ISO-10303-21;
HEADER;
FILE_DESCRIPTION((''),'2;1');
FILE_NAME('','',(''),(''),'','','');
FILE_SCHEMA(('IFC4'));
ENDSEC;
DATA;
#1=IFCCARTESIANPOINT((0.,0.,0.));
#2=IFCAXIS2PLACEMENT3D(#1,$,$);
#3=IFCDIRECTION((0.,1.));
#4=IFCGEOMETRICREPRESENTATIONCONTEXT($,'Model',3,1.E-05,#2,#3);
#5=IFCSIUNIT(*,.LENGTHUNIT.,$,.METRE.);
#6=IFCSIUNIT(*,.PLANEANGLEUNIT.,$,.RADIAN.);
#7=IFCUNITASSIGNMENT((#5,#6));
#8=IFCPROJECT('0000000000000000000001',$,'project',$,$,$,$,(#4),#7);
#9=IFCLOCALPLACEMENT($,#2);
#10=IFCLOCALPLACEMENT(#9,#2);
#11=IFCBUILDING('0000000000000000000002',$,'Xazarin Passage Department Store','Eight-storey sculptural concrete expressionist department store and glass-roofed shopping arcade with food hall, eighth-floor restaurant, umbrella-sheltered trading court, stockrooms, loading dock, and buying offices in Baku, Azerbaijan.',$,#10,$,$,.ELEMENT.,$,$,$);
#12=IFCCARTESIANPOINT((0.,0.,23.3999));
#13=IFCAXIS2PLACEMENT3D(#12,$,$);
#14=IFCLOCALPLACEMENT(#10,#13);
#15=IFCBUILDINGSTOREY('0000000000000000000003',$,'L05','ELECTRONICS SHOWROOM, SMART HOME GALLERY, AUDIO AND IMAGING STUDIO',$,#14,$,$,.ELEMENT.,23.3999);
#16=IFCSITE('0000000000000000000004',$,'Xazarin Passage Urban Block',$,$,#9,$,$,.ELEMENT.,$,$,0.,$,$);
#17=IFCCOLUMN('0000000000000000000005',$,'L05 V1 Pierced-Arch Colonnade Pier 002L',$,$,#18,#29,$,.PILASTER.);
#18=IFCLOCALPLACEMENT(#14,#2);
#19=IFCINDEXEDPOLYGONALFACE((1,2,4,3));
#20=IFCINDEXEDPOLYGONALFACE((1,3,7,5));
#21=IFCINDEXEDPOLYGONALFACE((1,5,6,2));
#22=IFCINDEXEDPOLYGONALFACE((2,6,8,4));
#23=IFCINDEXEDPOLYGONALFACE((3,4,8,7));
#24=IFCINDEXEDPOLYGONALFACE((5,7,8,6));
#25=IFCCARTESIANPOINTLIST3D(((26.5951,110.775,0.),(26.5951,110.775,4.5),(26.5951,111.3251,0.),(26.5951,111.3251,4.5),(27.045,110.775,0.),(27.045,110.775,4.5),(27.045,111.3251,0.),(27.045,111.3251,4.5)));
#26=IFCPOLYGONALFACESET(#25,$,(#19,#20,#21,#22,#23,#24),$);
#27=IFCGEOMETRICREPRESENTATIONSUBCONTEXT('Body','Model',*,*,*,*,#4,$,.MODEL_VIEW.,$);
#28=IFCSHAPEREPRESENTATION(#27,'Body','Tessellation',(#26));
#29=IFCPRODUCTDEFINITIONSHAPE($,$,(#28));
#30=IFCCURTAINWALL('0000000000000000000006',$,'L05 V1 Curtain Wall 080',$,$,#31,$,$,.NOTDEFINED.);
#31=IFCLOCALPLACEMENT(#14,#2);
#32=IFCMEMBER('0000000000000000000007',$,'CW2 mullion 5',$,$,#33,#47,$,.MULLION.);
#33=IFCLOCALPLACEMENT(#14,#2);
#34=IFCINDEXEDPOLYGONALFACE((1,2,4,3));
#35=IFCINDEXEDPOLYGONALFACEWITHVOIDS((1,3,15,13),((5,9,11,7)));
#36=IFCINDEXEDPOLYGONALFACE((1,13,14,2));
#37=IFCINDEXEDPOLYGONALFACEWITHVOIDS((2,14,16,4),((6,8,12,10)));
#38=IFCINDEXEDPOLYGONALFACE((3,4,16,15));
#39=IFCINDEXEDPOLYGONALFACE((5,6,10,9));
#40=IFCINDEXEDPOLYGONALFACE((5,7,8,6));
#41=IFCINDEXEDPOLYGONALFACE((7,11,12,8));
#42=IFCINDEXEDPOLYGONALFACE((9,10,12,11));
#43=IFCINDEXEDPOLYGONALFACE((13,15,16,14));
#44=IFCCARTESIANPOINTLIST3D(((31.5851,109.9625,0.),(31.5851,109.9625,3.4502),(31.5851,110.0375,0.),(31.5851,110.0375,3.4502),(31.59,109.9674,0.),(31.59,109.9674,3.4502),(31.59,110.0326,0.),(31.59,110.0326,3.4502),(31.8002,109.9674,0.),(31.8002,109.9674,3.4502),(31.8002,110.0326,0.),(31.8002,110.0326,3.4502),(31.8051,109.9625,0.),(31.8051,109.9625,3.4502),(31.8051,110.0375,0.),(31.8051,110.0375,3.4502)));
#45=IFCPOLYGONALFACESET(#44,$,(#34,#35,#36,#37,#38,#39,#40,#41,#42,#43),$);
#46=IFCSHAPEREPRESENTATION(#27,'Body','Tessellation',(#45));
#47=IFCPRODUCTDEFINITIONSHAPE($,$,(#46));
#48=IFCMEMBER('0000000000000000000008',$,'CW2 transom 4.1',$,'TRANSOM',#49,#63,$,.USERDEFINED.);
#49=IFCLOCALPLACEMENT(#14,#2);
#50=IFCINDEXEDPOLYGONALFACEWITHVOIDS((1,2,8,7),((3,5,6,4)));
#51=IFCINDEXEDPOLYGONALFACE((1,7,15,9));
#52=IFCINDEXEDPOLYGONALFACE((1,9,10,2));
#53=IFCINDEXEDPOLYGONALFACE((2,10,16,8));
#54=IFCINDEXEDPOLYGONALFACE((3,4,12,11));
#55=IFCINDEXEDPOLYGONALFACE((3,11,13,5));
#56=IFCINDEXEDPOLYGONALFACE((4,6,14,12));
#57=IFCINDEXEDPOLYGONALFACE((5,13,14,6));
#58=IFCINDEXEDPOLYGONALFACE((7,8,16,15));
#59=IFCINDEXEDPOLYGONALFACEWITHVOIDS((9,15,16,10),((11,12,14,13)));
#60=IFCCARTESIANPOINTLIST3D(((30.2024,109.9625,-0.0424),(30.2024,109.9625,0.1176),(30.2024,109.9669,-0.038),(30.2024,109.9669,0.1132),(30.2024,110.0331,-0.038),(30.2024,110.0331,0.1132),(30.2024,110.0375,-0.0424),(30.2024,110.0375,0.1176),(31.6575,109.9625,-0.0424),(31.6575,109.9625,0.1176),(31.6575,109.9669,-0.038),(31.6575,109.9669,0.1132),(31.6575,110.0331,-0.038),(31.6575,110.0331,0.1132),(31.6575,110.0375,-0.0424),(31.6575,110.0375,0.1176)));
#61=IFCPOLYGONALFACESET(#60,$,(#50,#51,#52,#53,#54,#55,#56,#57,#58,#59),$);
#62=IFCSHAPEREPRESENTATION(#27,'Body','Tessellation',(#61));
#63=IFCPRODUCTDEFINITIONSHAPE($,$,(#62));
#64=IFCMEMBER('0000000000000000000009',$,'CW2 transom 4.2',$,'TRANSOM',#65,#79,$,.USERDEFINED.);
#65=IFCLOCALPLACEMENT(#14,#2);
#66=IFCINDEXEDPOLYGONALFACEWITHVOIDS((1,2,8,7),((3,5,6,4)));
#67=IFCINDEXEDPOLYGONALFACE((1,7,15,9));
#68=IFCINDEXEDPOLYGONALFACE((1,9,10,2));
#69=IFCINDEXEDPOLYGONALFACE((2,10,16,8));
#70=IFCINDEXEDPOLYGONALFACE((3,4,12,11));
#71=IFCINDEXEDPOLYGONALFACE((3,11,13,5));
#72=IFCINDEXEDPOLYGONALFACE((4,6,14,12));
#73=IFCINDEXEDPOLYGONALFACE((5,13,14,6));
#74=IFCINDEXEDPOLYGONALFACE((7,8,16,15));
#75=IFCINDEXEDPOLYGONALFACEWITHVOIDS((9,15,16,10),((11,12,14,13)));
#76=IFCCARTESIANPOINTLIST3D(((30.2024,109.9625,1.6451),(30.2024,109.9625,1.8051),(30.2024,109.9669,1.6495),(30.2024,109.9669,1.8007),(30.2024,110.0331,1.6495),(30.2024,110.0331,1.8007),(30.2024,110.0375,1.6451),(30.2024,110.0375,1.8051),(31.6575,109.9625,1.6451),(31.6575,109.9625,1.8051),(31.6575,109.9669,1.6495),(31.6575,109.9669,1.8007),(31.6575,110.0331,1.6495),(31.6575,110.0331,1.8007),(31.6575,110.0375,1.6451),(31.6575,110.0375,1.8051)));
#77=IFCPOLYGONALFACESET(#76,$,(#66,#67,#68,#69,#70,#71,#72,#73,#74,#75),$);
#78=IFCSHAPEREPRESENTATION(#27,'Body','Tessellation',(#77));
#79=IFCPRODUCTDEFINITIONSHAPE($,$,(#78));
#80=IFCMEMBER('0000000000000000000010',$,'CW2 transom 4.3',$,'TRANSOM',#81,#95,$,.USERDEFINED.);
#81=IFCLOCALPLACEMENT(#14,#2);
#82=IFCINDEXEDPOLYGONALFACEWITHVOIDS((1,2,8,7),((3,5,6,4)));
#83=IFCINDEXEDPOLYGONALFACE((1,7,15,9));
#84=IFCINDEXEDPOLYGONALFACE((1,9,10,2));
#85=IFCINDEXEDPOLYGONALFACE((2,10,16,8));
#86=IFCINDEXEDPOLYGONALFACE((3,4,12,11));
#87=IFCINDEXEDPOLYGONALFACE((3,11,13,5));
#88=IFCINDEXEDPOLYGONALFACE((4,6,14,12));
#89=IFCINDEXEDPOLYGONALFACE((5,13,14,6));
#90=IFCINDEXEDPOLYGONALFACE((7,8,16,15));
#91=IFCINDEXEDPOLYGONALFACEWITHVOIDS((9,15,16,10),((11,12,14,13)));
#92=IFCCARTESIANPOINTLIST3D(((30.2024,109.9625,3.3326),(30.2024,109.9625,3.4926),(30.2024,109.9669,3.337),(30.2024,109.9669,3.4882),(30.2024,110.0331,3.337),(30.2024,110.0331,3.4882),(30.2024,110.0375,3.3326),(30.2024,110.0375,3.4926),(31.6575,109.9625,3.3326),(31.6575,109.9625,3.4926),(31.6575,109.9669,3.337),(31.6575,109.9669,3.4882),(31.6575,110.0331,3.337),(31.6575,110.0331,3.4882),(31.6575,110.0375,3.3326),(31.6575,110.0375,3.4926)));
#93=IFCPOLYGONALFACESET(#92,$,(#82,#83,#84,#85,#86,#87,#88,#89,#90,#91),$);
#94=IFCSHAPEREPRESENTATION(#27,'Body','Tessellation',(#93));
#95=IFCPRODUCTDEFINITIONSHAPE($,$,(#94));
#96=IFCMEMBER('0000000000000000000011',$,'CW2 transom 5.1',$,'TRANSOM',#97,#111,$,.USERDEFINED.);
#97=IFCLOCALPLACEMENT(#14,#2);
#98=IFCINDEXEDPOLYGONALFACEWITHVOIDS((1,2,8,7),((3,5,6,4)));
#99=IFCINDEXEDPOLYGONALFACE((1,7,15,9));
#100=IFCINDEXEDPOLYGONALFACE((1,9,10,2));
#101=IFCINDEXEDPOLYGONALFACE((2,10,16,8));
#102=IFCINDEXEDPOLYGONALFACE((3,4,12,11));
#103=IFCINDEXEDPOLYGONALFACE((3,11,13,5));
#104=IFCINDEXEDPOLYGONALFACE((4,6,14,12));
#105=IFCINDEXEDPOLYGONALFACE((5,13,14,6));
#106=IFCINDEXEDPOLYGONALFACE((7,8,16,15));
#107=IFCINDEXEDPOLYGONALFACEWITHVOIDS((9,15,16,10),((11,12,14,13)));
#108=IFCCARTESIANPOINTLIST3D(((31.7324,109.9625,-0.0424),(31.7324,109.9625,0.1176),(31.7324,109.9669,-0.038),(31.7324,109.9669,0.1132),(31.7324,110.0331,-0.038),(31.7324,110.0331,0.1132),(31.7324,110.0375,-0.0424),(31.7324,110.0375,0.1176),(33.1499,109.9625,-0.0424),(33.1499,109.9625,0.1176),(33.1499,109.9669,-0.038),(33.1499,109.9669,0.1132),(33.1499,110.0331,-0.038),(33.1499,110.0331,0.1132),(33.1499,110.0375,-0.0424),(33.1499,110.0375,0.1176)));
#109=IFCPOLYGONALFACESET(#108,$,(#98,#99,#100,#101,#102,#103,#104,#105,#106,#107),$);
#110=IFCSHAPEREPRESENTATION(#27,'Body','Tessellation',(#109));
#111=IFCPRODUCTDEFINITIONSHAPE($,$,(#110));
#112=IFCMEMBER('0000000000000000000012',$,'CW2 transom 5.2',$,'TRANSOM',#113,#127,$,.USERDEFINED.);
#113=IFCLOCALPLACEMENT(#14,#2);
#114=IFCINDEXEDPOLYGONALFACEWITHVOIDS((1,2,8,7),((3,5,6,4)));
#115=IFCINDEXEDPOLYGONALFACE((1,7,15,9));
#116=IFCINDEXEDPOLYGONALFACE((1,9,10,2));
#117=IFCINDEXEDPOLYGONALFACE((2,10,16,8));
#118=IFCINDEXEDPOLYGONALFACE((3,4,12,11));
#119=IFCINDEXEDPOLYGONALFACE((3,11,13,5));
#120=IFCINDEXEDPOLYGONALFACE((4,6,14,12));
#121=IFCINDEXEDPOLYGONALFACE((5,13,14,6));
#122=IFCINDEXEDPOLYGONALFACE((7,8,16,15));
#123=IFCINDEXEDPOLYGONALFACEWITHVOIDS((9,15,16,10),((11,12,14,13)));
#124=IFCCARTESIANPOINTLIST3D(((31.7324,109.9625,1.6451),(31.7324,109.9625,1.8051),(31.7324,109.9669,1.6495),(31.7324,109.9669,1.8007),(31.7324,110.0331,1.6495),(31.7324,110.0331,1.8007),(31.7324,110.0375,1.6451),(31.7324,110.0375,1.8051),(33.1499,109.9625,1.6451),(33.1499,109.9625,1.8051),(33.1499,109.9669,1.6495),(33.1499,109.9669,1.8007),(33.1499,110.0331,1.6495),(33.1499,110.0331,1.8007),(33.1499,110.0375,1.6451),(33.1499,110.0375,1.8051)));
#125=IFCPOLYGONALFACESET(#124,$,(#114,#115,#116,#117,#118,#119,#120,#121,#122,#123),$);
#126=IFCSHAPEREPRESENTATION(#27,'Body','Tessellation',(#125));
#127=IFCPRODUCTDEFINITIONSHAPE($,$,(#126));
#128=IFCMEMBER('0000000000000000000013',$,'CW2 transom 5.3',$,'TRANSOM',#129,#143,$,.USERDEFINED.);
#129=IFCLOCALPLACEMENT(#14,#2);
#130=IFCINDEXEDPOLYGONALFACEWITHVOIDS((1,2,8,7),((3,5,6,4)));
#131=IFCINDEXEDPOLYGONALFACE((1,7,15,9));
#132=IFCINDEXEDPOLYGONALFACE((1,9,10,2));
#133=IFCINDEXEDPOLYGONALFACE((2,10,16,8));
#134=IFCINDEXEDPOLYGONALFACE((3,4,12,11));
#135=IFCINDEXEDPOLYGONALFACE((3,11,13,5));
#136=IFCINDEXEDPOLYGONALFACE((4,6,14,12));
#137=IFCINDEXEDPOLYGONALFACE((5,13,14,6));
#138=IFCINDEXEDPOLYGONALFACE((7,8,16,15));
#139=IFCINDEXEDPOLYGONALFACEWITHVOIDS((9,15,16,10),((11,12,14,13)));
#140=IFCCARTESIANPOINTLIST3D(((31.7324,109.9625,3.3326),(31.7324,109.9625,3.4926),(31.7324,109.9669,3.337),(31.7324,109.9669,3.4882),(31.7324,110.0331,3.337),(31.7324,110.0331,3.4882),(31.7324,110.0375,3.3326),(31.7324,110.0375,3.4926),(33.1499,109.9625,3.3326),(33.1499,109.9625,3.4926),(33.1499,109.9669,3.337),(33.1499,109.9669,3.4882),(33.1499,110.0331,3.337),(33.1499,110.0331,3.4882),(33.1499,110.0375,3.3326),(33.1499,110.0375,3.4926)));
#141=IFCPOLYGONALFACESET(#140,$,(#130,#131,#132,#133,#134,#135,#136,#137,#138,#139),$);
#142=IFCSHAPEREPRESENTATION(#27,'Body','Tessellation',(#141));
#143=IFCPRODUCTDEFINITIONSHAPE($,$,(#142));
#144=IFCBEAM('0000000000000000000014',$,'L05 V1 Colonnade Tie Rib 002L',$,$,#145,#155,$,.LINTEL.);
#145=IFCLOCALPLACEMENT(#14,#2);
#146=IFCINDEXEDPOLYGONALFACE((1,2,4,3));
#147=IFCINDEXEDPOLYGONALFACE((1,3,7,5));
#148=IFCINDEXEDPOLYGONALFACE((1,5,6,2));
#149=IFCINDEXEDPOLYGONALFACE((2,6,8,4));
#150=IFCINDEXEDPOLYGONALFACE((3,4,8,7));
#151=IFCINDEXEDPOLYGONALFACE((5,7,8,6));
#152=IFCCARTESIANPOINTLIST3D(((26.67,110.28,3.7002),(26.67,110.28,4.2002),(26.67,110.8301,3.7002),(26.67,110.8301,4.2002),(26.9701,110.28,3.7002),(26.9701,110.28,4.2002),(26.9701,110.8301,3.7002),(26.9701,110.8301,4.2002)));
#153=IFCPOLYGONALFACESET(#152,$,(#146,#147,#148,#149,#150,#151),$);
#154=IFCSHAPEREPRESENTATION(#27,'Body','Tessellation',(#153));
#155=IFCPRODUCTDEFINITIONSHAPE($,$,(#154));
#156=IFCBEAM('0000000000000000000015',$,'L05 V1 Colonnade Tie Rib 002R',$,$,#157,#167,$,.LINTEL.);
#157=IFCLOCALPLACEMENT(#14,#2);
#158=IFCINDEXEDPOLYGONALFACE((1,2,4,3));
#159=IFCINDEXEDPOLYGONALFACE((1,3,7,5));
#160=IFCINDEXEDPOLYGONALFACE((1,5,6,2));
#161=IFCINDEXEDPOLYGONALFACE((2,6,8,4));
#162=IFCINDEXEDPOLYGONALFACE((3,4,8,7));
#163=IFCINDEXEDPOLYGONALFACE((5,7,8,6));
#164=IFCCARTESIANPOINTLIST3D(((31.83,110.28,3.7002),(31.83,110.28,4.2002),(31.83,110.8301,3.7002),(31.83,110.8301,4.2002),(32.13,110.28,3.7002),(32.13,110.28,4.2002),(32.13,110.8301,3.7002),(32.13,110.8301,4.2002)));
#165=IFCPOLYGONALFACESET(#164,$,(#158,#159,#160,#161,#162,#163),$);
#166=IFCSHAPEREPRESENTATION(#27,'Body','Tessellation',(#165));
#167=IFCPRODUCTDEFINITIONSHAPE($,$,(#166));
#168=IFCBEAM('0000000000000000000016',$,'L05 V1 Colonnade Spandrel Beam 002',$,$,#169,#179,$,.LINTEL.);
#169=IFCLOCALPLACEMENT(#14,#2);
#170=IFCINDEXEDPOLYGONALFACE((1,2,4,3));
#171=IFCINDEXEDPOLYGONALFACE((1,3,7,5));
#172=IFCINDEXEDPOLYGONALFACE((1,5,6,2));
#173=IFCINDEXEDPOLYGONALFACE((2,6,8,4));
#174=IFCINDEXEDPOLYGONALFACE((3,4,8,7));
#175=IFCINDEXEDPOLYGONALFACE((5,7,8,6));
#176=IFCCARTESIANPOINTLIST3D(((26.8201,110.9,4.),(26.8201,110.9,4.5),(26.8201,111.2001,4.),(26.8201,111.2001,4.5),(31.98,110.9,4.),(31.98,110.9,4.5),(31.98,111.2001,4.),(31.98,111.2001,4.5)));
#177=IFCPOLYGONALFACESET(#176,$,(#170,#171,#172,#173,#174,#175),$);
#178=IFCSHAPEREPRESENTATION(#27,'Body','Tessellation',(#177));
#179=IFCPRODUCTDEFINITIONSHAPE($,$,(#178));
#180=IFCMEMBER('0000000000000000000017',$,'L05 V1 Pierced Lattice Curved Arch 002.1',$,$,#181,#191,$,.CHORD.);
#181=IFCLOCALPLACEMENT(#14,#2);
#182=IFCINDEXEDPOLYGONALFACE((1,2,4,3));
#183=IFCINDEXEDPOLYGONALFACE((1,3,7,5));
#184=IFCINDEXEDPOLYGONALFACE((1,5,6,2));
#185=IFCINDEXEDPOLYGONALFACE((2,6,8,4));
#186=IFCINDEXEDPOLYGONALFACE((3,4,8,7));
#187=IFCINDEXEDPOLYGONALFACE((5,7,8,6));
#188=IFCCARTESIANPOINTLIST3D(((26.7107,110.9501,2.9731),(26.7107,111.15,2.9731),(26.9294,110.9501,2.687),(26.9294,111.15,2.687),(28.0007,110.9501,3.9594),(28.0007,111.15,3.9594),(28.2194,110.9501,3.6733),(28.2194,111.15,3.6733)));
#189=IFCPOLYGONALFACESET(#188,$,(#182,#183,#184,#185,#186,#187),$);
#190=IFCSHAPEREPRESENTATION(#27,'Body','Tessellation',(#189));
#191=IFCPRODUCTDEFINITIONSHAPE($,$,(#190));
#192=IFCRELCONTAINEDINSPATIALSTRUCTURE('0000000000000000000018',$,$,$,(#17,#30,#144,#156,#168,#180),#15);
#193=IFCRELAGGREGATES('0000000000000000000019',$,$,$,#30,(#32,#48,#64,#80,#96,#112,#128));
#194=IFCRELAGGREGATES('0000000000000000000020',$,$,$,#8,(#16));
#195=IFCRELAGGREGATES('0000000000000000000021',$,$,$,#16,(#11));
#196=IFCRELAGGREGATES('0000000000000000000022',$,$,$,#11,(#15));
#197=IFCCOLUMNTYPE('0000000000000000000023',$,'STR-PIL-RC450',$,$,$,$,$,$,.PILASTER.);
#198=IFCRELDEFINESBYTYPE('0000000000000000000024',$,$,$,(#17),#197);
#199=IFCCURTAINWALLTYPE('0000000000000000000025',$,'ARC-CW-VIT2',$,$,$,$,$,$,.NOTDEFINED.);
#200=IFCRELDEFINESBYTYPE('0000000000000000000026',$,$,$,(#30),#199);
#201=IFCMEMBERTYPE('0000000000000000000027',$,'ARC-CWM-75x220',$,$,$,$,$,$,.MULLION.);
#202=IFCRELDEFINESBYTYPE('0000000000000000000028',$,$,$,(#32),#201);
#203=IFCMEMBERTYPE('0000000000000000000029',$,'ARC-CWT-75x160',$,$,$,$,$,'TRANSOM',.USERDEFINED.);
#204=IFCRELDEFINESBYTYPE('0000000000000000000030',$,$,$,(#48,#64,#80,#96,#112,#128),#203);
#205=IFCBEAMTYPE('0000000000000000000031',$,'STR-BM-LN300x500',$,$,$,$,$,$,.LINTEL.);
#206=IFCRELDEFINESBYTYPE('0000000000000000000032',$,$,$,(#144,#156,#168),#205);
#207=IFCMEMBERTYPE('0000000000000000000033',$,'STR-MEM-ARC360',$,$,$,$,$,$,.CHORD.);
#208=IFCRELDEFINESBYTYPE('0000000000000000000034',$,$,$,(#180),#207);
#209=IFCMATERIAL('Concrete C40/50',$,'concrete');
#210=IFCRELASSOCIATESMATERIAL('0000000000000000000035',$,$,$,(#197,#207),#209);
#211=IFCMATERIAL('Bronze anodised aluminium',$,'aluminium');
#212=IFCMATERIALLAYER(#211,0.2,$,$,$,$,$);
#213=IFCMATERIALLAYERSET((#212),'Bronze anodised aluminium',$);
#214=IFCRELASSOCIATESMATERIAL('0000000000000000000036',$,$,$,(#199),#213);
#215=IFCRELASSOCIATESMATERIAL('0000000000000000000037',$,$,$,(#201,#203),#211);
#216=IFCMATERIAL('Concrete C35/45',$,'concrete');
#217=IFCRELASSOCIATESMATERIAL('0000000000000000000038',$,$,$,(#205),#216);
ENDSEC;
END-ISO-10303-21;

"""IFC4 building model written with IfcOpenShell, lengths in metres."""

from ifc_helpers import new_model, si_unit, direction, frame, origin, origin_2d, place, context, subcontext, project, spatial, rectangle, hollow_rectangle, extrude, material, layer, layer_set, material_profile, profile_set, type_object, element, aggregate, save


model = new_model("IFC4")

# Units and contexts
model_context = context("Model", 3, precision=1e-05, world=origin(), true_north=direction((0.0, 1.0)))
body_context = subcontext(model_context, "Body", "Model", "MODEL_VIEW")
ifc_project = project(units=[si_unit("LENGTHUNIT", "METRE"), si_unit("PLANEANGLEUNIT", "RADIAN")], contexts=[model_context])

# Site, building, storey
site_placement = place(None, origin())
site = spatial("IfcSite", under=ifc_project, at=site_placement, Name="Xazarin Passage Urban Block", CompositionType="ELEMENT", RefElevation=0.0)
building_placement = place(site_placement, origin())
building = spatial("IfcBuilding", under=site, at=building_placement, Name="Xazarin Passage Department Store", Description="Eight-storey sculptural concrete expressionist department store and glass-roofed shopping arcade with food hall, eighth-floor restaurant, umbrella-sheltered trading court, stockrooms, loading dock, and buying offices in Baku, Azerbaijan.", CompositionType="ELEMENT")
storey_placement = place(building_placement, frame((0.0, 0.0, 23.3999)))
storey = spatial("IfcBuildingStorey", under=building, at=storey_placement, Name="L05", Description="ELECTRONICS SHOWROOM, SMART HOME GALLERY, AUDIO AND IMAGING STUDIO", CompositionType="ELEMENT", Elevation=23.3999)

# Column
ifc_material_1 = material(Name="Concrete C40/50", Category="concrete")
ifc_material_profile_1 = material_profile(ifc_material_1, rectangle(XDim=0.45, YDim=0.55, at=origin_2d()), Name="RC 450x550")
ifc_profile_set_1 = profile_set([ifc_material_profile_1], Name="Concrete C40/50")
column_type = type_object("IfcColumnType", Name="STR-PIL-RC450", PredefinedType="PILASTER", material=ifc_profile_set_1)
column_placement = place(storey_placement, frame((26.8201, 111.05, 0.0), z_axis=(0.0, 0.0, 1.0), x_axis=(1.0, 0.0, 0.0)))
element("IfcColumn", 1, at=column_placement, inside=storey, type_object=column_type, Name="L05 V1 Pierced-Arch Colonnade Pier 002L", PredefinedType="PILASTER", context=body_context, shape_type="SweptSolid", body=[
    extrude(rectangle(XDim=0.45, YDim=0.55, at=origin_2d()), origin(), (0.0, 0.0, 1.0), 4.5),
])

# Curtain wall, members
ifc_material_2 = material(Name="Bronze anodised aluminium", Category="aluminium")
ifc_layer_1 = layer(ifc_material_2, 0.2)
ifc_layer_set_1 = layer_set([ifc_layer_1], Name="Bronze anodised aluminium")
curtain_wall_type = type_object("IfcCurtainWallType", Name="ARC-CW-VIT2", PredefinedType="NOTDEFINED", material=ifc_layer_set_1)
curtain_wall_placement = place(storey_placement, origin())
curtain_wall = element("IfcCurtainWall", 2, at=curtain_wall_placement, inside=storey, type_object=curtain_wall_type, Name="L05 V1 Curtain Wall 080", PredefinedType="NOTDEFINED")
ifc_material_profile_2 = material_profile(ifc_material_2, hollow_rectangle(XDim=0.075, YDim=0.22, WallThickness=0.0049, at=origin_2d()), Name="ALU 75x220")
ifc_profile_set_2 = profile_set([ifc_material_profile_2], Name="Bronze anodised aluminium")
member_type_1 = type_object("IfcMemberType", Name="ARC-CWM-75x220", PredefinedType="MULLION", material=ifc_profile_set_2)
member_1_placement = place(storey_placement, frame((31.6951, 110.0, 0.0), z_axis=(0.0, 0.0, 1.0), x_axis=(0.0, 1.0, 0.0)))
member_1 = element("IfcMember", 3, at=member_1_placement, type_object=member_type_1, Name="CW2 mullion 5", PredefinedType="MULLION", context=body_context, shape_type="SweptSolid", body=[
    extrude(hollow_rectangle(XDim=0.075, YDim=0.22, WallThickness=0.0049, at=origin_2d()), origin(), (0.0, 0.0, 1.0), 3.4502),
])
ifc_material_profile_3 = material_profile(ifc_material_2, hollow_rectangle(XDim=0.075, YDim=0.1599, WallThickness=0.0044, at=origin_2d()), Name="ALU 75x160")
ifc_profile_set_3 = profile_set([ifc_material_profile_3], Name="Bronze anodised aluminium")
member_type_2 = type_object("IfcMemberType", Name="ARC-CWT-75x160", ElementType="TRANSOM", PredefinedType="USERDEFINED", material=ifc_profile_set_3)
member_2_placement = place(storey_placement, frame((30.2024, 110.0, 0.0376), z_axis=(1.0, 0.0, 0.0), x_axis=(0.0, 1.0, 0.0)))
member_2 = element("IfcMember", 4, at=member_2_placement, type_object=member_type_2, Name="CW2 transom 4.1", ObjectType="TRANSOM", PredefinedType="USERDEFINED", context=body_context, shape_type="SweptSolid", body=[
    extrude(hollow_rectangle(XDim=0.075, YDim=0.1599, WallThickness=0.0044, at=origin_2d()), origin(), (0.0, 0.0, 1.0), 1.4551),
])
member_3_placement = place(storey_placement, frame((30.2024, 110.0, 1.7251), z_axis=(1.0, 0.0, 0.0), x_axis=(0.0, 1.0, 0.0)))
member_3 = element("IfcMember", 5, at=member_3_placement, type_object=member_type_2, Name="CW2 transom 4.2", ObjectType="TRANSOM", PredefinedType="USERDEFINED", context=body_context, shape_type="SweptSolid", body=[
    extrude(hollow_rectangle(XDim=0.075, YDim=0.1599, WallThickness=0.0044, at=origin_2d()), origin(), (0.0, 0.0, 1.0), 1.4551),
])
member_4_placement = place(storey_placement, frame((30.2024, 110.0, 3.4126), z_axis=(1.0, 0.0, 0.0), x_axis=(0.0, 1.0, 0.0)))
member_4 = element("IfcMember", 6, at=member_4_placement, type_object=member_type_2, Name="CW2 transom 4.3", ObjectType="TRANSOM", PredefinedType="USERDEFINED", context=body_context, shape_type="SweptSolid", body=[
    extrude(hollow_rectangle(XDim=0.075, YDim=0.1599, WallThickness=0.0044, at=origin_2d()), origin(), (0.0, 0.0, 1.0), 1.4551),
])
member_5_placement = place(storey_placement, frame((31.7324, 110.0, 0.0376), z_axis=(1.0, 0.0, 0.0), x_axis=(0.0, 1.0, 0.0)))
member_5 = element("IfcMember", 7, at=member_5_placement, type_object=member_type_2, Name="CW2 transom 5.1", ObjectType="TRANSOM", PredefinedType="USERDEFINED", context=body_context, shape_type="SweptSolid", body=[
    extrude(hollow_rectangle(XDim=0.075, YDim=0.1599, WallThickness=0.0044, at=origin_2d()), origin(), (0.0, 0.0, 1.0), 1.4175),
])
member_6_placement = place(storey_placement, frame((31.7324, 110.0, 1.7251), z_axis=(1.0, 0.0, 0.0), x_axis=(0.0, 1.0, 0.0)))
member_6 = element("IfcMember", 8, at=member_6_placement, type_object=member_type_2, Name="CW2 transom 5.2", ObjectType="TRANSOM", PredefinedType="USERDEFINED", context=body_context, shape_type="SweptSolid", body=[
    extrude(hollow_rectangle(XDim=0.075, YDim=0.1599, WallThickness=0.0044, at=origin_2d()), origin(), (0.0, 0.0, 1.0), 1.4175),
])
member_7_placement = place(storey_placement, frame((31.7324, 110.0, 3.4126), z_axis=(1.0, 0.0, 0.0), x_axis=(0.0, 1.0, 0.0)))
member_7 = element("IfcMember", 9, at=member_7_placement, type_object=member_type_2, Name="CW2 transom 5.3", ObjectType="TRANSOM", PredefinedType="USERDEFINED", context=body_context, shape_type="SweptSolid", body=[
    extrude(hollow_rectangle(XDim=0.075, YDim=0.1599, WallThickness=0.0044, at=origin_2d()), origin(), (0.0, 0.0, 1.0), 1.4175),
])

# Beams
ifc_material_3 = material(Name="Concrete C35/45", Category="concrete")
ifc_material_profile_4 = material_profile(ifc_material_3, rectangle(XDim=0.3, YDim=0.5, at=origin_2d()), Name="RC 300x500")
ifc_profile_set_4 = profile_set([ifc_material_profile_4], Name="Concrete C35/45")
beam_type = type_object("IfcBeamType", Name="STR-BM-LN300x500", PredefinedType="LINTEL", material=ifc_profile_set_4)
for number, where, z_axis, x_axis, name in (
    (10, (26.8201, 110.28, 3.9502), (0.0, 1.0, 0.0), (-1.0, 0.0, 0.0), "L05 V1 Colonnade Tie Rib 002L"),
    (11, (31.98, 110.28, 3.9502), (0.0, 1.0, 0.0), (-1.0, 0.0, 0.0), "L05 V1 Colonnade Tie Rib 002R"),
):
    element("IfcBeam", number, at=place(storey_placement, frame(where, z_axis=z_axis, x_axis=x_axis)), inside=storey, type_object=beam_type, Name=name, PredefinedType="LINTEL", context=body_context, shape_type="SweptSolid", body=[
        extrude(rectangle(XDim=0.3, YDim=0.5, at=origin_2d()), origin(), (0.0, 0.0, 1.0), 0.55),
    ])
beam_placement = place(storey_placement, frame((26.8201, 111.05, 4.25), z_axis=(1.0, 0.0, 0.0), x_axis=(0.0, 1.0, 0.0)))
element("IfcBeam", 12, at=beam_placement, inside=storey, type_object=beam_type, Name="L05 V1 Colonnade Spandrel Beam 002", PredefinedType="LINTEL", context=body_context, shape_type="SweptSolid", body=[
    extrude(rectangle(XDim=0.3, YDim=0.5, at=origin_2d()), origin(), (0.0, 0.0, 1.0), 5.1599),
])

# Member
ifc_material_profile_5 = material_profile(ifc_material_1, rectangle(XDim=0.2, YDim=0.3601, at=origin_2d()), Name="RC 200x360")
ifc_profile_set_5 = profile_set([ifc_material_profile_5], Name="Concrete C40/50")
member_type_3 = type_object("IfcMemberType", Name="STR-MEM-ARC360", PredefinedType="CHORD", material=ifc_profile_set_5)
member_8_placement = place(storey_placement, frame((26.8201, 111.05, 2.8301), z_axis=(0.794409, 0.0, 0.607383), x_axis=(0.0, 1.0, 0.0)))
element("IfcMember", 13, at=member_8_placement, inside=storey, type_object=member_type_3, Name="L05 V1 Pierced Lattice Curved Arch 002.1", PredefinedType="CHORD", context=body_context, shape_type="SweptSolid", body=[
    extrude(rectangle(XDim=0.2, YDim=0.3601, at=origin_2d()), origin(), (0.0, 0.0, 1.0), 1.6238),
])

aggregate(curtain_wall, [member_1, member_2, member_3, member_4, member_5, member_6, member_7])

save(model, "model.ifc")
